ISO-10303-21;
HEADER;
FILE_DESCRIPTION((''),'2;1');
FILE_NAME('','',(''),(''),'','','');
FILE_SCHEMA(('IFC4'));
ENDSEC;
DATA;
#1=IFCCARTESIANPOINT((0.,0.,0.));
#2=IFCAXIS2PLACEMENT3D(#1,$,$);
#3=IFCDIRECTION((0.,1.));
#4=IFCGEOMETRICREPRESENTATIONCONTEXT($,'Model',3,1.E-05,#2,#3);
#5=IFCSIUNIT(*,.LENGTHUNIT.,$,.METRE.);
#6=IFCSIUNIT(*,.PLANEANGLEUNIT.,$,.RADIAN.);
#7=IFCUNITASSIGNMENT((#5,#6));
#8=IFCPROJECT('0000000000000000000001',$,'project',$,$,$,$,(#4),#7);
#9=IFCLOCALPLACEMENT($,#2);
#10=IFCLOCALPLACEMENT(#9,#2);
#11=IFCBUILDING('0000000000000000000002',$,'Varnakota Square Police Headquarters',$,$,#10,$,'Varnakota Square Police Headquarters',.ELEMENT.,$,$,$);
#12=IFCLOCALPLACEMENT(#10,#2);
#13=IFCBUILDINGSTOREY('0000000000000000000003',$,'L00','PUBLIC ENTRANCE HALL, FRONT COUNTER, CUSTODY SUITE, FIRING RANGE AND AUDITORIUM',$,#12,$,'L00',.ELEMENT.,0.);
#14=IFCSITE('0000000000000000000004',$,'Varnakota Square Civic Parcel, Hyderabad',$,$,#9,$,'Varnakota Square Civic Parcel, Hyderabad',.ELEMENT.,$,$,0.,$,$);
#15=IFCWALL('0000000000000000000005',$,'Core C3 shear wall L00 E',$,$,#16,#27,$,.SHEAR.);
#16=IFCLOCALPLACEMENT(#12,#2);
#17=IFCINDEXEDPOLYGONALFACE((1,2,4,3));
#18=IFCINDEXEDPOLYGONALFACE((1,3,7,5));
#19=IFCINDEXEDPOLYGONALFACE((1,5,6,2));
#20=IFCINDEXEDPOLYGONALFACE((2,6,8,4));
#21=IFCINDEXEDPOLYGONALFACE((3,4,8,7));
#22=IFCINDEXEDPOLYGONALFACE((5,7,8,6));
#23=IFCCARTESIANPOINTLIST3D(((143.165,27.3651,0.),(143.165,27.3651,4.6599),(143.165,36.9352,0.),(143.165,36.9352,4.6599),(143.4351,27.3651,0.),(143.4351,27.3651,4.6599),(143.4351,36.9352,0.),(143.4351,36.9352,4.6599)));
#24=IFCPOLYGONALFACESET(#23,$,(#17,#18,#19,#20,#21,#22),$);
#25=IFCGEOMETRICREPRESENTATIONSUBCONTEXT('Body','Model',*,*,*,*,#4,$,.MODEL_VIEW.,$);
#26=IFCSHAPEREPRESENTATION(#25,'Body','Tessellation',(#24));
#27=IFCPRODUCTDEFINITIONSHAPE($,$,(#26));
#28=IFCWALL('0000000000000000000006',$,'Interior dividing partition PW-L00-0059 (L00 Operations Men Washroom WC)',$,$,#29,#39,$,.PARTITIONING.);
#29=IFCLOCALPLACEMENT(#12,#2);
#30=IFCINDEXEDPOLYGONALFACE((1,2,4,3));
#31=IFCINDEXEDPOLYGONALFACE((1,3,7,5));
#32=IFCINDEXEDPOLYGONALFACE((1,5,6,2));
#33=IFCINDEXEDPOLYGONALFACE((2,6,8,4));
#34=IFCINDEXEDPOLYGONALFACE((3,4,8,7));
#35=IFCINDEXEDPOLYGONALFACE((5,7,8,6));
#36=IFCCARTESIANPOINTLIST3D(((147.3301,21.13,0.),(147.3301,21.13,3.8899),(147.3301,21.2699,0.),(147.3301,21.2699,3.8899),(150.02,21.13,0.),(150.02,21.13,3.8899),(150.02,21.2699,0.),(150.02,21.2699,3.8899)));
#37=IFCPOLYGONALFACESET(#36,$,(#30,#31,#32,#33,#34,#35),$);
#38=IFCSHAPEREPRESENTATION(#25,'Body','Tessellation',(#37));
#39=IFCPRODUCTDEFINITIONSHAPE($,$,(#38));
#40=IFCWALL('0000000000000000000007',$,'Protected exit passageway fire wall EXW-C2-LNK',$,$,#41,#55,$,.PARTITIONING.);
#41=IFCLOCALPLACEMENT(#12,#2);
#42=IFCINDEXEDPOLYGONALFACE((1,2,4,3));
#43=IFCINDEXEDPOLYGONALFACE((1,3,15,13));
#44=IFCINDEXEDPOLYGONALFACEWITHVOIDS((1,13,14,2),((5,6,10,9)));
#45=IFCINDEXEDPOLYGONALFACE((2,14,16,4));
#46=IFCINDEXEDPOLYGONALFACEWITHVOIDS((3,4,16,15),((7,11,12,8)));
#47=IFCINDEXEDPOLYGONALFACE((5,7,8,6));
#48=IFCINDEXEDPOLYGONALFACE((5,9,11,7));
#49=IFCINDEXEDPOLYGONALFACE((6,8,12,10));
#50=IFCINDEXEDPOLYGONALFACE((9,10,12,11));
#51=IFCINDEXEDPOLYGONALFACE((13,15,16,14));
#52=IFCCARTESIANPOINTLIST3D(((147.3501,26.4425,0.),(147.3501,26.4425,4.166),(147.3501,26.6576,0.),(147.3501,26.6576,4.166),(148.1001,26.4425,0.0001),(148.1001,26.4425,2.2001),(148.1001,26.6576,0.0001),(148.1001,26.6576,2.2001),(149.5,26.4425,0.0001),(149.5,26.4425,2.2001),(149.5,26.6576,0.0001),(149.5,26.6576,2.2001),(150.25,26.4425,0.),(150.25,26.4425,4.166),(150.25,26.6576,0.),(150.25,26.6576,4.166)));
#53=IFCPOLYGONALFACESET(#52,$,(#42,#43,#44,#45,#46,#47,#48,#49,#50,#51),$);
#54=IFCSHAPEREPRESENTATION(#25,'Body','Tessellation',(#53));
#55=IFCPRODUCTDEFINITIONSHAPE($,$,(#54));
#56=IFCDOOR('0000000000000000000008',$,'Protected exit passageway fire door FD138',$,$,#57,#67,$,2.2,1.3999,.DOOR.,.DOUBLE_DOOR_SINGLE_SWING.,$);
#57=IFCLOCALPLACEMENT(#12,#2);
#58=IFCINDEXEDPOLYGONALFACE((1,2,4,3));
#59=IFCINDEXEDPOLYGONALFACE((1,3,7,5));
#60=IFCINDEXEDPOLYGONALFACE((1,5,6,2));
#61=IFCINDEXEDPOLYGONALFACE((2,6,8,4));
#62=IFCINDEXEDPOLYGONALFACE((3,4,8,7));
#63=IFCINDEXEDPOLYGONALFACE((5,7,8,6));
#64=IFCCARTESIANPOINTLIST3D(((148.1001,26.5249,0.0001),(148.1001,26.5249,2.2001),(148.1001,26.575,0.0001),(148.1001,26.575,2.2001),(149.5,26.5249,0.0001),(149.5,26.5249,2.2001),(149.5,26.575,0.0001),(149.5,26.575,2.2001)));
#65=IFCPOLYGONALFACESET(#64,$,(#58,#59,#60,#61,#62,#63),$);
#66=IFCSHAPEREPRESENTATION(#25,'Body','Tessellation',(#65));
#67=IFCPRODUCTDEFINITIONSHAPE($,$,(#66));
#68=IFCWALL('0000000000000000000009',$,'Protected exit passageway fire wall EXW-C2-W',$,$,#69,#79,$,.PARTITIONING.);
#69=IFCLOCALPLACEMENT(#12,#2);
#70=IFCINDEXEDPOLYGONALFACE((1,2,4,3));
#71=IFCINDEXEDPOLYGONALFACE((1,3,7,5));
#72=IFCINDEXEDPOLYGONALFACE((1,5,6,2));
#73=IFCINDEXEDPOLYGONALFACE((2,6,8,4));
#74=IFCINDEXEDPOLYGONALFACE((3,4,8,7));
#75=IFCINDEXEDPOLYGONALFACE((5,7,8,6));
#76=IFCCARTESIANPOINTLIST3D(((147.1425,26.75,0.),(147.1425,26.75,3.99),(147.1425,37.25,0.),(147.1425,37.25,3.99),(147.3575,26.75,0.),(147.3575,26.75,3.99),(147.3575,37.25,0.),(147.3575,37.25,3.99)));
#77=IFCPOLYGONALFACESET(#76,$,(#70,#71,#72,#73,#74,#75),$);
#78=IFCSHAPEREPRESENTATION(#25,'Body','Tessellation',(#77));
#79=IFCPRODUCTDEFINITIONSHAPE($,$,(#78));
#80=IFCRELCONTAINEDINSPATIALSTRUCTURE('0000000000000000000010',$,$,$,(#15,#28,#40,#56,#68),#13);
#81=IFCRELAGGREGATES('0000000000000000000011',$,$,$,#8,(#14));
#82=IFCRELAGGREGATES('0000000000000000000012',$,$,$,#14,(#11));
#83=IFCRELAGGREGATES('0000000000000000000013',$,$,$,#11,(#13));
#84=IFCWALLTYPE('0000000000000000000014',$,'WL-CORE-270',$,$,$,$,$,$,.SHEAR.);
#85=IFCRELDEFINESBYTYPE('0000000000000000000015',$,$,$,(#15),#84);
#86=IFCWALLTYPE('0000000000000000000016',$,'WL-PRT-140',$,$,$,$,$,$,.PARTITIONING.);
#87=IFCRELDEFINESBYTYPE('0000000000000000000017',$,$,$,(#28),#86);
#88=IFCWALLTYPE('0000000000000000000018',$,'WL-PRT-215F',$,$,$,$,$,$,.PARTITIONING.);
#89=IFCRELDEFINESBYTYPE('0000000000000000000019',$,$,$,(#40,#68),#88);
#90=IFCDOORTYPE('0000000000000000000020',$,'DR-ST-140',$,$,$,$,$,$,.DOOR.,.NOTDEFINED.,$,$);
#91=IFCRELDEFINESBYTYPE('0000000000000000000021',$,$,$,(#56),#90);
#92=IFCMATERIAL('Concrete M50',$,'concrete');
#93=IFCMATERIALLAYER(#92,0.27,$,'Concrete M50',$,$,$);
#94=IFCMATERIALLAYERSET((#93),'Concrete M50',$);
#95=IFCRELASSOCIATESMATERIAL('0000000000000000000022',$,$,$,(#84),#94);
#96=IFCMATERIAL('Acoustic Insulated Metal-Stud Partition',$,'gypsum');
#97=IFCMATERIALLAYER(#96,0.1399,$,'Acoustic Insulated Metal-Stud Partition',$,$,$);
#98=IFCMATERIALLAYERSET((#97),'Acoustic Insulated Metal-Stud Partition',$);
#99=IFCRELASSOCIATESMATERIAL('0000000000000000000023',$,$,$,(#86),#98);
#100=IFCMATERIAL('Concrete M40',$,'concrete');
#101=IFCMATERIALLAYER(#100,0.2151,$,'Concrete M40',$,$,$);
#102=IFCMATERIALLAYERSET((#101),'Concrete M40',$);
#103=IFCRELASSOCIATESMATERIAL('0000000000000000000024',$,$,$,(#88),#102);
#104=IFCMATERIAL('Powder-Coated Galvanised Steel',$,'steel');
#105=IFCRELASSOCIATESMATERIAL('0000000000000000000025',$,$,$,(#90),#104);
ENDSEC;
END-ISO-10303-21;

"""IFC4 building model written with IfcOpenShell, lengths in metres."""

from ifc_helpers import new_model, si_unit, direction, frame, frame_2d, origin, place, context, subcontext, project, spatial, rectangle, extrude, material, layer, layer_set, type_object, element, fill, save


model = new_model("IFC4")

# Units and contexts
model_context = context("Model", 3, precision=1e-05, world=origin(), true_north=direction((0.0, 1.0)))
body_context = subcontext(model_context, "Body", "Model", "MODEL_VIEW")
ifc_project = project(units=[si_unit("LENGTHUNIT", "METRE"), si_unit("PLANEANGLEUNIT", "RADIAN")], contexts=[model_context])

# Site, building, storey
site_placement = place(None, origin())
site = spatial("IfcSite", under=ifc_project, at=site_placement, Name="Varnakota Square Civic Parcel, Hyderabad", LongName="Varnakota Square Civic Parcel, Hyderabad", CompositionType="ELEMENT", RefElevation=0.0)
building_placement = place(site_placement, origin())
building = spatial("IfcBuilding", under=site, at=building_placement, Name="Varnakota Square Police Headquarters", LongName="Varnakota Square Police Headquarters", CompositionType="ELEMENT")
storey_placement = place(building_placement, origin())
storey = spatial("IfcBuildingStorey", under=building, at=storey_placement, Name="L00", Description="PUBLIC ENTRANCE HALL, FRONT COUNTER, CUSTODY SUITE, FIRING RANGE AND AUDITORIUM", LongName="L00", CompositionType="ELEMENT", Elevation=0.0)

# Shared definitions
ifc_material_1 = material(Name="Concrete M50", Category="concrete")

# Wall
ifc_layer_1 = layer(ifc_material_1, 0.27, Name="Concrete M50")
ifc_layer_set_1 = layer_set([ifc_layer_1], Name="Concrete M50")
wall_type_1 = type_object("IfcWallType", Name="WL-CORE-270", PredefinedType="SHEAR", material=ifc_layer_set_1)
wall_1_placement = place(storey_placement, frame((143.3, 27.365, 0.0), z_axis=(0.0, 0.0, 1.0), x_axis=(0.0, 1.0, 0.0)))
element("IfcWall", 1, at=wall_1_placement, inside=storey, type_object=wall_type_1, Name="Core C3 shear wall L00 E", PredefinedType="SHEAR", context=body_context, shape_type="SweptSolid", body=[
    extrude(rectangle(XDim=9.5701, YDim=0.27, at=frame_2d((4.7852, 0.0))), origin(), (0.0, 0.0, 1.0), 4.6599),
])

# Wall
ifc_material_2 = material(Name="Acoustic Insulated Metal-Stud Partition", Category="gypsum")
ifc_layer_2 = layer(ifc_material_2, 0.1399, Name="Acoustic Insulated Metal-Stud Partition")
ifc_layer_set_2 = layer_set([ifc_layer_2], Name="Acoustic Insulated Metal-Stud Partition")
wall_type_2 = type_object("IfcWallType", Name="WL-PRT-140", PredefinedType="PARTITIONING", material=ifc_layer_set_2)
wall_2_placement = place(storey_placement, frame((147.3301, 21.2, 0.0), z_axis=(0.0, 0.0, 1.0), x_axis=(1.0, 0.0, 0.0)))
element("IfcWall", 2, at=wall_2_placement, inside=storey, type_object=wall_type_2, Name="Interior dividing partition PW-L00-0059 (L00 Operations Men Washroom WC)", PredefinedType="PARTITIONING", context=body_context, shape_type="SweptSolid", body=[
    extrude(rectangle(XDim=2.6899, YDim=0.1399, at=frame_2d((1.345, 0.0))), origin(), (0.0, 0.0, 1.0), 3.8899),
])

# Wall, opening, door
ifc_material_3 = material(Name="Concrete M40", Category="concrete")
ifc_layer_3 = layer(ifc_material_3, 0.2151, Name="Concrete M40")
ifc_layer_set_3 = layer_set([ifc_layer_3], Name="Concrete M40")
wall_type_3 = type_object("IfcWallType", Name="WL-PRT-215F", PredefinedType="PARTITIONING", material=ifc_layer_set_3)
wall_3_placement = place(storey_placement, frame((147.3501, 26.55, 0.0), z_axis=(0.0, 0.0, 1.0), x_axis=(1.0, 0.0, 0.0)))
wall_3 = element("IfcWall", 3, at=wall_3_placement, inside=storey, type_object=wall_type_3, Name="Protected exit passageway fire wall EXW-C2-LNK", PredefinedType="PARTITIONING", context=body_context, shape_type="SweptSolid", body=[
    extrude(rectangle(XDim=2.8999, YDim=0.2151, at=frame_2d((1.45, 0.0))), origin(), (0.0, 0.0, 1.0), 4.166),
])
opening_1_placement = place(wall_3_placement, frame((0.75, 0.0, 0.0)))
opening_1 = element("IfcOpeningElement", 4, at=opening_1_placement, cuts=wall_3, PredefinedType="OPENING", context=body_context, shape_type="SweptSolid", body=[
    extrude(rectangle(XDim=1.3999, YDim=2.2, at=frame_2d((0.7, 1.1001))), frame((0.0, 0.1174, 0.0), z_axis=(0.0, -1.0, 0.0), x_axis=(1.0, 0.0, 0.0)), (0.0, 0.0, 1.0), 0.2351),
])
ifc_material_4 = material(Name="Powder-Coated Galvanised Steel", Category="steel")
door_type_1 = type_object("IfcDoorType", Name="DR-ST-140", OperationType="NOTDEFINED", PredefinedType="DOOR", material=ifc_material_4)
door_1_placement = place(opening_1_placement, origin())
door_1 = element("IfcDoor", 5, at=door_1_placement, inside=storey, type_object=door_type_1, Name="Protected exit passageway fire door FD138", OperationType="DOUBLE_DOOR_SINGLE_SWING", OverallHeight=2.2, OverallWidth=1.3999, PredefinedType="DOOR", context=body_context, shape_type="SweptSolid", body=[
    extrude(rectangle(XDim=1.3999, YDim=2.2, at=frame_2d((0.7, 1.1001))), frame((0.0, 0.0249, 0.0), z_axis=(0.0, -1.0, 0.0), x_axis=(1.0, 0.0, 0.0)), (0.0, 0.0, 1.0), 0.05),
])
fill(opening_1, door_1)

# Wall
wall_4_placement = place(storey_placement, frame((147.25, 26.75, 0.0), z_axis=(0.0, 0.0, 1.0), x_axis=(0.0, 1.0, 0.0)))
element("IfcWall", 6, at=wall_4_placement, inside=storey, type_object=wall_type_3, Name="Protected exit passageway fire wall EXW-C2-W", PredefinedType="PARTITIONING", context=body_context, shape_type="SweptSolid", body=[
    extrude(rectangle(XDim=10.5, YDim=0.2151, at=frame_2d((5.25, 0.0))), origin(), (0.0, 0.0, 1.0), 3.99),
])

save(model, "model.ifc")
